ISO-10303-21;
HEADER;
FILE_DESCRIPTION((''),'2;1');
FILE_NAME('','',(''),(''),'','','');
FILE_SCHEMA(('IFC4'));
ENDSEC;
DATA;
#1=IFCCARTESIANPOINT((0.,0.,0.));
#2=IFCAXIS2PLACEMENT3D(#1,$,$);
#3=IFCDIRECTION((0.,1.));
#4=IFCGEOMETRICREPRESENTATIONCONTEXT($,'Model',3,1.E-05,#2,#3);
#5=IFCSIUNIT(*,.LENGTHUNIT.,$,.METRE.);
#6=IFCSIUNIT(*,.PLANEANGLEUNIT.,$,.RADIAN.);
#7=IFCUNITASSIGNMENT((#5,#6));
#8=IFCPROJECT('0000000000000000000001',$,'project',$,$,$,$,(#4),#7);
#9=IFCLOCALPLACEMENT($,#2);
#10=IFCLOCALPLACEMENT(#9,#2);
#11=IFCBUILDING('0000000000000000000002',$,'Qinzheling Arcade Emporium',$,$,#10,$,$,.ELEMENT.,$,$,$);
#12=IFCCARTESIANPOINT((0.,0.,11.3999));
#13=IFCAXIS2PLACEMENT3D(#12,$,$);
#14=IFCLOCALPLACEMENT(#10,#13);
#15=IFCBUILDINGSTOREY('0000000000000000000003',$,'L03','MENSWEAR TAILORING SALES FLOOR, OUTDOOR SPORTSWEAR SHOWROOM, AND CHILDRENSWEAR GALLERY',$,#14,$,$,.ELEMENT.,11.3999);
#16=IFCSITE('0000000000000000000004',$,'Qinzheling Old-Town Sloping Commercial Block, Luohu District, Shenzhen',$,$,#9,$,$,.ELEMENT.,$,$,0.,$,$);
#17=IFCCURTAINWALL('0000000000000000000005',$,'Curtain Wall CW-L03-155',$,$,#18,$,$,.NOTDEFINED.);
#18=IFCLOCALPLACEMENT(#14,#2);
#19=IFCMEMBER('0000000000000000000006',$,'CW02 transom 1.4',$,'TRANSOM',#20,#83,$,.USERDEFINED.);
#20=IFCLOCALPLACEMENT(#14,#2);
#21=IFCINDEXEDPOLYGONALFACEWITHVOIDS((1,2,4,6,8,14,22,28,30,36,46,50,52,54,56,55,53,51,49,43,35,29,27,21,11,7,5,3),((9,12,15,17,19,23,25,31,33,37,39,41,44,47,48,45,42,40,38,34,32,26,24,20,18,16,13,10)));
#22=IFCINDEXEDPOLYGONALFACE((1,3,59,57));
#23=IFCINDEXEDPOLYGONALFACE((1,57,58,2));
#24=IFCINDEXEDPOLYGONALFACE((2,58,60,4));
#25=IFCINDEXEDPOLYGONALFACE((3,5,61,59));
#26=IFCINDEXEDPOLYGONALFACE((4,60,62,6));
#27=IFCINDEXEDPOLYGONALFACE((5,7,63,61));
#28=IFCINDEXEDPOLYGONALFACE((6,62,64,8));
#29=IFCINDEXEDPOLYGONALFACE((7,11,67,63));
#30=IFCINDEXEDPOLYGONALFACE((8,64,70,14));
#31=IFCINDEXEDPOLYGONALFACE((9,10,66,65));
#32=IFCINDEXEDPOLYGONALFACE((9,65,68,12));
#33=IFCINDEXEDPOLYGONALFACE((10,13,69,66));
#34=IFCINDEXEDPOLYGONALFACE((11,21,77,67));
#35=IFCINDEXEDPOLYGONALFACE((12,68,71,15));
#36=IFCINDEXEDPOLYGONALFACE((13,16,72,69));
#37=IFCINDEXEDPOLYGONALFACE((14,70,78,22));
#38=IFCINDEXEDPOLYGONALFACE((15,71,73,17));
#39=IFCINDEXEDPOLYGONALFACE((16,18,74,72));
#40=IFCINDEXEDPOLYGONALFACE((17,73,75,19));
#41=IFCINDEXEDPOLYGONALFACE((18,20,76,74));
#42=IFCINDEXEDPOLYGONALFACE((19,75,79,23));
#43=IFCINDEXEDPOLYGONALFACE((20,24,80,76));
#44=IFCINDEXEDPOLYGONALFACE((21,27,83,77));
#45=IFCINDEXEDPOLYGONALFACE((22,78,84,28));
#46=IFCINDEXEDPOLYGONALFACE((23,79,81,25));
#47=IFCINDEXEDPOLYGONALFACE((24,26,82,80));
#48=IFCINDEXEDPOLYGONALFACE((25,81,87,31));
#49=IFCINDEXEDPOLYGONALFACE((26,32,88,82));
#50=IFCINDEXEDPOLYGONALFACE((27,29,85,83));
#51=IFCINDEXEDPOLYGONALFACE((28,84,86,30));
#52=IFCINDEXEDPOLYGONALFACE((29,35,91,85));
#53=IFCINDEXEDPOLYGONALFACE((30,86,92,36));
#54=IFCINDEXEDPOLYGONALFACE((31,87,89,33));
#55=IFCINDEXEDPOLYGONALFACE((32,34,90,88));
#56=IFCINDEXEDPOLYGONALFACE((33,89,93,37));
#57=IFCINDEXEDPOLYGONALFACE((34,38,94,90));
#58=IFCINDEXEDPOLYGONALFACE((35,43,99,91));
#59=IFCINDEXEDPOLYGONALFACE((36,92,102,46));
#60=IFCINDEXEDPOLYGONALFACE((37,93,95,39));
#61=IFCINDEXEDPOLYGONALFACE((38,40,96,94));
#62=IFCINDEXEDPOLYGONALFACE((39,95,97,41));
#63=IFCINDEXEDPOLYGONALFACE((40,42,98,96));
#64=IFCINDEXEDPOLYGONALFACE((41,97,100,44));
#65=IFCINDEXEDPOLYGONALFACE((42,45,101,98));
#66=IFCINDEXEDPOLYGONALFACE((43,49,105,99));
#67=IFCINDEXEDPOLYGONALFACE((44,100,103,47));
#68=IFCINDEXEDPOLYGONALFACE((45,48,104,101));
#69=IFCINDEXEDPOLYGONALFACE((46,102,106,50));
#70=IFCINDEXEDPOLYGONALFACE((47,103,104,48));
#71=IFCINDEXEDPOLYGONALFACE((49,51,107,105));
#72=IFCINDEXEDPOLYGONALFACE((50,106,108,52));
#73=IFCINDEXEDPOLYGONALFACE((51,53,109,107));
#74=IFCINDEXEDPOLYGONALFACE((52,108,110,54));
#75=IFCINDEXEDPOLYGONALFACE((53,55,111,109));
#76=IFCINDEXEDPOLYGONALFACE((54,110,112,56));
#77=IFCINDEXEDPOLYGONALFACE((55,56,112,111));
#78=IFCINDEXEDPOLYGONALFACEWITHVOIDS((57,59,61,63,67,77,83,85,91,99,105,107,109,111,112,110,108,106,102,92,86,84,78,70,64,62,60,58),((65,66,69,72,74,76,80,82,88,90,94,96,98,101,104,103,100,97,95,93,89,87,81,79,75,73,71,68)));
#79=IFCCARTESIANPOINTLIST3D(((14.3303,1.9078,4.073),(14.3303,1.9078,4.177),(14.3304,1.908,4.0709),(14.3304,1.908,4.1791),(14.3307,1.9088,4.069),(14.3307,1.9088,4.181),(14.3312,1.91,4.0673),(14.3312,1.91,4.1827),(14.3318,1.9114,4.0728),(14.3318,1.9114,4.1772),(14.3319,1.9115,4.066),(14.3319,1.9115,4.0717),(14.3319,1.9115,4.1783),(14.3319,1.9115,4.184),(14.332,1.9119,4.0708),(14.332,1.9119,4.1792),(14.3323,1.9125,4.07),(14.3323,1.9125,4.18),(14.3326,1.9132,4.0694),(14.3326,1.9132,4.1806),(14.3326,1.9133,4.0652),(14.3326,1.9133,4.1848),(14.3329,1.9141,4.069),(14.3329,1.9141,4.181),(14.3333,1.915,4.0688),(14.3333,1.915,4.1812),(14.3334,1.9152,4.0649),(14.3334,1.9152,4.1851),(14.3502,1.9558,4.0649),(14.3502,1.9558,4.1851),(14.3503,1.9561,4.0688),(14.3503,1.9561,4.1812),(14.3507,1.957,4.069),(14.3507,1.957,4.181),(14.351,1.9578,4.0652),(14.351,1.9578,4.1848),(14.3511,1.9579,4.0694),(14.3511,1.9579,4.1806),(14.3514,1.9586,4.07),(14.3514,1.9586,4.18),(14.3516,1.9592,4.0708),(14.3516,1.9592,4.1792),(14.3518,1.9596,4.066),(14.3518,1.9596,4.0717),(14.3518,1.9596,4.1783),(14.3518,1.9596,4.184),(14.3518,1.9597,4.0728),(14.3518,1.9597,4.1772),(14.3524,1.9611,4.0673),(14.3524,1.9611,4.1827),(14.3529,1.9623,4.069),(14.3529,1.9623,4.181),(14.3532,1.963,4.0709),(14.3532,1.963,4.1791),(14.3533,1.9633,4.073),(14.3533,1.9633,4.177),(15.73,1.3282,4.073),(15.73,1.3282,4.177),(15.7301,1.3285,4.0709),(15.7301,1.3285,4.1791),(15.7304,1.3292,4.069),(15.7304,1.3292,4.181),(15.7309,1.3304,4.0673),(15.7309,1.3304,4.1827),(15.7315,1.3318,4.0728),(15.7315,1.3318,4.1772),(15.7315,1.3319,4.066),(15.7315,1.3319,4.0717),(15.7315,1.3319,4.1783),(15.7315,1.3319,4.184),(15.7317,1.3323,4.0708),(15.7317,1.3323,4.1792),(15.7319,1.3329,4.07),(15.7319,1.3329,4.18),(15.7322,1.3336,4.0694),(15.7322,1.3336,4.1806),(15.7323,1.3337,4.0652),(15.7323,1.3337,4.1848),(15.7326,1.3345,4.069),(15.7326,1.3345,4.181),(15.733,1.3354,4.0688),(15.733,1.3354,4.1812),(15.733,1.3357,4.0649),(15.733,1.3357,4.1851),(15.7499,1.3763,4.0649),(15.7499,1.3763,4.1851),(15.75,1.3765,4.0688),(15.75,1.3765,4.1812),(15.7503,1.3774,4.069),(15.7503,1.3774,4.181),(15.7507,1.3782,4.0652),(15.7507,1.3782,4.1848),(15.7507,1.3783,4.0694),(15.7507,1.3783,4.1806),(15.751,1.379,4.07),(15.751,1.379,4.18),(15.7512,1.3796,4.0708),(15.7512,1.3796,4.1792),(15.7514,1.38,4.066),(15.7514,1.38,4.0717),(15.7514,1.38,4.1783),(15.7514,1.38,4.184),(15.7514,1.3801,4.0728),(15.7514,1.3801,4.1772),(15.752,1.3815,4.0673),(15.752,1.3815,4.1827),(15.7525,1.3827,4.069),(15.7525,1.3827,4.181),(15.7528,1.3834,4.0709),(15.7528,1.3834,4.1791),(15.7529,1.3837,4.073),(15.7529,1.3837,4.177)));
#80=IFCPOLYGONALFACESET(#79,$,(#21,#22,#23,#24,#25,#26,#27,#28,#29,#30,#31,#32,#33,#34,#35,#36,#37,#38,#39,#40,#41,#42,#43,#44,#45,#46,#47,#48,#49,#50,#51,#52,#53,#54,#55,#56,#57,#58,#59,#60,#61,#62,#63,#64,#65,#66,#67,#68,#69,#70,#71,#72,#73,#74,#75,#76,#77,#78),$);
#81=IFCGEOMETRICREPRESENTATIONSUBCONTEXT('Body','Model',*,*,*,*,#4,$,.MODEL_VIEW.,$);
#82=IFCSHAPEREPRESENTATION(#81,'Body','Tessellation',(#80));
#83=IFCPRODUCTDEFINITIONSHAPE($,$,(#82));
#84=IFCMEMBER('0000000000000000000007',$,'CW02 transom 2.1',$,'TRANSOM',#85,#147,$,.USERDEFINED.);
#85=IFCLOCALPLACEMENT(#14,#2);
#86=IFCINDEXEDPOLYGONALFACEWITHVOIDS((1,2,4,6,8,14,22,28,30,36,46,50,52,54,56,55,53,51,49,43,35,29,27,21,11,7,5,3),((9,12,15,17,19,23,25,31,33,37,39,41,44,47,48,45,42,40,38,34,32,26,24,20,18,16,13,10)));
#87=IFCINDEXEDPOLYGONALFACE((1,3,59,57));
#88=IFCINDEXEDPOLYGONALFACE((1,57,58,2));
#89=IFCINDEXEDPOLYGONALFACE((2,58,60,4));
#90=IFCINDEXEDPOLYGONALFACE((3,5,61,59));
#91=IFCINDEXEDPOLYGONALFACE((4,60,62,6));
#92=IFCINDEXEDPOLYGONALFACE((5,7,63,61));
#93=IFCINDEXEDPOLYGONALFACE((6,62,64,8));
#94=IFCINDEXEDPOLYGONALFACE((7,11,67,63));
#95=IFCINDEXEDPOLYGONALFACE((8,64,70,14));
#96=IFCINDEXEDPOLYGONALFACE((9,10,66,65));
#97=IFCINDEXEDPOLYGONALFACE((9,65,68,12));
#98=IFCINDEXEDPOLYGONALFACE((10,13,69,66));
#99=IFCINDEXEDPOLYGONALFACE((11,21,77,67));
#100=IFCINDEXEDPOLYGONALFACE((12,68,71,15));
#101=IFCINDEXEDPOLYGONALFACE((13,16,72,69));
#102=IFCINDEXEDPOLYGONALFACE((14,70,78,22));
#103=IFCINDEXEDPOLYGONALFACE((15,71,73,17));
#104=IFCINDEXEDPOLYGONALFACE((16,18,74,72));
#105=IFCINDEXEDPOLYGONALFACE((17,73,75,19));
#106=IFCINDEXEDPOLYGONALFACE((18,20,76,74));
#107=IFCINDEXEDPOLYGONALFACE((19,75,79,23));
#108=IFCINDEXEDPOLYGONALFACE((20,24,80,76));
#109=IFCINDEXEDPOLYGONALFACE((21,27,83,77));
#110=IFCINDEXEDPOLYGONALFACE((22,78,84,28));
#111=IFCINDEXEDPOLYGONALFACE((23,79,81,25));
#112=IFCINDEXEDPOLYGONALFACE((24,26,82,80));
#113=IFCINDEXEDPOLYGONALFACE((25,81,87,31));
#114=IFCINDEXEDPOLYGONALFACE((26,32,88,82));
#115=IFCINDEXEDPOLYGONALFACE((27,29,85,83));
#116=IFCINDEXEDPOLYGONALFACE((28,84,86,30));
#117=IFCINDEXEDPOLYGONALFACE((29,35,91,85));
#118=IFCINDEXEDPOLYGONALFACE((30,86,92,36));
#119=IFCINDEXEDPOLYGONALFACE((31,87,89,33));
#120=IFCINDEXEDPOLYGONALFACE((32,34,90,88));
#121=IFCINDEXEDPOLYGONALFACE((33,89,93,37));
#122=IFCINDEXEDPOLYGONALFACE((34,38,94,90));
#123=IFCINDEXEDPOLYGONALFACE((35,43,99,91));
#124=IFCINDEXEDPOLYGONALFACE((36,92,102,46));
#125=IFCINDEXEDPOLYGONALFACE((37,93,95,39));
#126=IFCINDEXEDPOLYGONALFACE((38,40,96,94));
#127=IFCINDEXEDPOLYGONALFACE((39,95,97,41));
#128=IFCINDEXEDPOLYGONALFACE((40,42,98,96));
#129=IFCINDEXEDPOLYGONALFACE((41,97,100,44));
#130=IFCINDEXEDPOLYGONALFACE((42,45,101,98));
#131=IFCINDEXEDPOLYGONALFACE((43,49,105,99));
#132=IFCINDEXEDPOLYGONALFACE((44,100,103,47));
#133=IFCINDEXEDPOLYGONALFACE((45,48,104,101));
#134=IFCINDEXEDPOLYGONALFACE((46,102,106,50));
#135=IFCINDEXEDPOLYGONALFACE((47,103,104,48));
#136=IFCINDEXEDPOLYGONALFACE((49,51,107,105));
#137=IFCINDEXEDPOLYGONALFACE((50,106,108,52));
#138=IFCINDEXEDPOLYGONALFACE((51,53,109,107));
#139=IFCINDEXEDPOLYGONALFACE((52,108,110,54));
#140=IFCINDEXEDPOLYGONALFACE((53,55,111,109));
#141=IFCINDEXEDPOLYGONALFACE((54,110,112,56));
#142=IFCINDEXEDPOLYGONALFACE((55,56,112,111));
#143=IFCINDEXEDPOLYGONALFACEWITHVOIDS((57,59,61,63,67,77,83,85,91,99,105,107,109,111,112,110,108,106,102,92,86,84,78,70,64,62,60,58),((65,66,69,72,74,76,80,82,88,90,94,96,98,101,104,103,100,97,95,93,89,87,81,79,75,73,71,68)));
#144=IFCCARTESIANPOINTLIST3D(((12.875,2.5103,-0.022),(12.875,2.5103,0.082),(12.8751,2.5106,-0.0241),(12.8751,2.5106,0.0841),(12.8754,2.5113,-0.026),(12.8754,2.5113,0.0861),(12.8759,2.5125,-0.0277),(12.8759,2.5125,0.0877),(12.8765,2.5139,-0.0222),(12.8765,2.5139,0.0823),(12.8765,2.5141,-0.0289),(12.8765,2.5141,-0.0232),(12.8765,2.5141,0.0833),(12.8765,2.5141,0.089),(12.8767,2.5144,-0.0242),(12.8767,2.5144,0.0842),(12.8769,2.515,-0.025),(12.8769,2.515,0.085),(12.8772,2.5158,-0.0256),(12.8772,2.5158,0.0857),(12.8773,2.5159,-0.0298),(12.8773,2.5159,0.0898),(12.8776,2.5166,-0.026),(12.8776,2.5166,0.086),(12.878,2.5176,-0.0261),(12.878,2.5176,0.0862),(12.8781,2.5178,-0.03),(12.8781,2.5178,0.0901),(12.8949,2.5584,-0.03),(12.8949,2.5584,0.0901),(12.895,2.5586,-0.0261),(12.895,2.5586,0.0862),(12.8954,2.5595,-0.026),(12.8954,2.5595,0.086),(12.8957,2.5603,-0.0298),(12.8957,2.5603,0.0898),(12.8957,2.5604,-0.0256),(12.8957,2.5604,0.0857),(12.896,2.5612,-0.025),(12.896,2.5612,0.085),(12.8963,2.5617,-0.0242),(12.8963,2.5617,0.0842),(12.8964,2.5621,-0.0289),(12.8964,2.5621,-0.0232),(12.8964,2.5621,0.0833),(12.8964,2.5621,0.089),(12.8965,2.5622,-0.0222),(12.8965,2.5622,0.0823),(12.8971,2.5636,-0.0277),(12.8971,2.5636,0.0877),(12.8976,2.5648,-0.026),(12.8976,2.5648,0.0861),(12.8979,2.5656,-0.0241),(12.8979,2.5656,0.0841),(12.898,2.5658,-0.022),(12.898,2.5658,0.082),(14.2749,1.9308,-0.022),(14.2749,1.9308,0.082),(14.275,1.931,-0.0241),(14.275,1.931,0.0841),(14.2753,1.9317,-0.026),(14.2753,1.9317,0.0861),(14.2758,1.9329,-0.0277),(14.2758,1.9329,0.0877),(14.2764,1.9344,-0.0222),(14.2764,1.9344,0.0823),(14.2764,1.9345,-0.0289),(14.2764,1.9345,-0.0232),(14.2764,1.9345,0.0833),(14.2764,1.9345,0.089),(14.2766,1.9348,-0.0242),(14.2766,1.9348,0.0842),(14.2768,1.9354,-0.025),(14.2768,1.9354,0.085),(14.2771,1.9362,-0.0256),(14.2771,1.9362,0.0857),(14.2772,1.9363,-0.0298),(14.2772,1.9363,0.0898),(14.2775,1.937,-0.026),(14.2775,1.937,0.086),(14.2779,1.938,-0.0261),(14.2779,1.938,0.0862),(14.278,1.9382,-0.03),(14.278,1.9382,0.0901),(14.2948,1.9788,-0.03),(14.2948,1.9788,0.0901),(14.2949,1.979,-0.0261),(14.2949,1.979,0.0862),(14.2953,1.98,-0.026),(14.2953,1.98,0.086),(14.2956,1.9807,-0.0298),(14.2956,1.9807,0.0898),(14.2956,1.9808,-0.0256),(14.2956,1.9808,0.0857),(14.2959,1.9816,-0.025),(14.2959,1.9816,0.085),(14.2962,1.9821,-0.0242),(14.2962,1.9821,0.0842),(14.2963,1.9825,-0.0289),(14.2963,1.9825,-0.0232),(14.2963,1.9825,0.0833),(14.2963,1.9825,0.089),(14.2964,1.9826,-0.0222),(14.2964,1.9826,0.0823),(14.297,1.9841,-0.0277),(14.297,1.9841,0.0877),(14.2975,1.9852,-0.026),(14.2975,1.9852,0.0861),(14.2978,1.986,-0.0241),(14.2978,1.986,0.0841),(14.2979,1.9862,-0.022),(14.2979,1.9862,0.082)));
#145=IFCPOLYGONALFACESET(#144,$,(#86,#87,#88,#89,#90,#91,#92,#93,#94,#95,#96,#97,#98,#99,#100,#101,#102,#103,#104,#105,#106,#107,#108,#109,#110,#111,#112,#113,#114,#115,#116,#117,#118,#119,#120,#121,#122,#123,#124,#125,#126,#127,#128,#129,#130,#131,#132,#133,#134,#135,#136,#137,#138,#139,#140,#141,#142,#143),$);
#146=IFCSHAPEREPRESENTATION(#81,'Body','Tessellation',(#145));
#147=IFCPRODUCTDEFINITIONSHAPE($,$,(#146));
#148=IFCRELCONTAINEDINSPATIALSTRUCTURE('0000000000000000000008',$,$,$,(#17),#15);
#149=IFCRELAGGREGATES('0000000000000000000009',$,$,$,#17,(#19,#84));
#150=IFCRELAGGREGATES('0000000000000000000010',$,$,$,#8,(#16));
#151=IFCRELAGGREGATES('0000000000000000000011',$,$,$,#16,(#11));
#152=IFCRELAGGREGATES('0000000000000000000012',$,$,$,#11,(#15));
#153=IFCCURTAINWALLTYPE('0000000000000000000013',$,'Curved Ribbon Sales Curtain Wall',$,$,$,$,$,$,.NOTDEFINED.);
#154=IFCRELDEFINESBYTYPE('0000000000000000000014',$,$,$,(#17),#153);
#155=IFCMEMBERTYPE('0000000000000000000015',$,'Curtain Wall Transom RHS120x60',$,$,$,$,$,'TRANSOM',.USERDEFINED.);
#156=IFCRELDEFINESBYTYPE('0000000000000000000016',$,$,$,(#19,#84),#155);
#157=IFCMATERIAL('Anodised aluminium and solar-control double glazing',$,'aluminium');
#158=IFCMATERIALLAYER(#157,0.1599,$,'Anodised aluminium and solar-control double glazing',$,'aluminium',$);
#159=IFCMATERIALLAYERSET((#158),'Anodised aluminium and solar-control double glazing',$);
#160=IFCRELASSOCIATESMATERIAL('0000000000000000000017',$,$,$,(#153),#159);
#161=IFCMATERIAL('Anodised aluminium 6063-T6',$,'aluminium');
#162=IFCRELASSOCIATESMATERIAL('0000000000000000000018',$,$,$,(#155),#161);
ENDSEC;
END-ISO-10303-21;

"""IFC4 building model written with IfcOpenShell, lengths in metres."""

from ifc_helpers import new_model, si_unit, direction, frame, origin, origin_2d, place, context, subcontext, project, spatial, hollow_rectangle, extrude, material, layer, layer_set, material_profile, profile_set, type_object, element, aggregate, save


model = new_model("IFC4")

# Units and contexts
model_context = context("Model", 3, precision=1e-05, world=origin(), true_north=direction((0.0, 1.0)))
body_context = subcontext(model_context, "Body", "Model", "MODEL_VIEW")
ifc_project = project(units=[si_unit("LENGTHUNIT", "METRE"), si_unit("PLANEANGLEUNIT", "RADIAN")], contexts=[model_context])

# Site, building, storey
site_placement = place(None, origin())
site = spatial("IfcSite", under=ifc_project, at=site_placement, Name="Qinzheling Old-Town Sloping Commercial Block, Luohu District, Shenzhen", CompositionType="ELEMENT", RefElevation=0.0)
building_placement = place(site_placement, origin())
building = spatial("IfcBuilding", under=site, at=building_placement, Name="Qinzheling Arcade Emporium", CompositionType="ELEMENT")
storey_placement = place(building_placement, frame((0.0, 0.0, 11.3999)))
storey = spatial("IfcBuildingStorey", under=building, at=storey_placement, Name="L03", Description="MENSWEAR TAILORING SALES FLOOR, OUTDOOR SPORTSWEAR SHOWROOM, AND CHILDRENSWEAR GALLERY", CompositionType="ELEMENT", Elevation=11.3999)

# Curtain wall
ifc_material_1 = material(Name="Anodised aluminium and solar-control double glazing", Category="aluminium")
ifc_layer_1 = layer(ifc_material_1, 0.1599, Name="Anodised aluminium and solar-control double glazing", Category="aluminium")
ifc_layer_set_1 = layer_set([ifc_layer_1], Name="Anodised aluminium and solar-control double glazing")
curtain_wall_type = type_object("IfcCurtainWallType", Name="Curved Ribbon Sales Curtain Wall", PredefinedType="NOTDEFINED", material=ifc_layer_set_1)
ifc_material_2 = material(Name="Anodised aluminium 6063-T6", Category="aluminium")
curtain_wall_1_placement = place(storey_placement, origin())
curtain_wall_1 = element("IfcCurtainWall", 1, at=curtain_wall_1_placement, inside=storey, type_object=curtain_wall_type, Name="Curtain Wall CW-L03-155", PredefinedType="NOTDEFINED")

# Members
ifc_material_profile_1 = material_profile(ifc_material_2, hollow_rectangle(XDim=0.0601, YDim=0.1201, WallThickness=0.0039, InnerFilletRadius=0.0039, OuterFilletRadius=0.0081, at=origin_2d()), Name="RHS 120x60x4", Category="aluminium")
ifc_profile_set_1 = profile_set([ifc_material_profile_1], Name="Anodised aluminium 6063-T6")
member_type_1 = type_object("IfcMemberType", Name="Curtain Wall Transom RHS120x60", ElementType="TRANSOM", PredefinedType="USERDEFINED", material=ifc_profile_set_1)
member_1_placement = place(storey_placement, frame((15.7415, 1.356, 4.125), z_axis=(-0.923919, 0.382589, 0.0), x_axis=(-0.382589, -0.923919, 0.0)))
member_1 = element("IfcMember", 2, at=member_1_placement, type_object=member_type_1, Name="CW02 transom 1.4", ObjectType="TRANSOM", PredefinedType="USERDEFINED", context=body_context, shape_type="SweptSolid", body=[
    extrude(hollow_rectangle(XDim=0.0601, YDim=0.1201, WallThickness=0.0039, InnerFilletRadius=0.0039, OuterFilletRadius=0.0081, at=origin_2d()), origin(), (0.0, 0.0, 1.0), 1.5149),
])
member_2_placement = place(storey_placement, frame((14.2864, 1.9585, 0.03), z_axis=(-0.923942, 0.382532, 0.0), x_axis=(-0.382532, -0.923942, 0.0)))
member_2 = element("IfcMember", 3, at=member_2_placement, type_object=member_type_1, Name="CW02 transom 2.1", ObjectType="TRANSOM", PredefinedType="USERDEFINED", context=body_context, shape_type="SweptSolid", body=[
    extrude(hollow_rectangle(XDim=0.0601, YDim=0.1201, WallThickness=0.0039, InnerFilletRadius=0.0039, OuterFilletRadius=0.0081, at=origin_2d()), origin(), (0.0, 0.0, 1.0), 1.5151),
])

aggregate(curtain_wall_1, [member_1, member_2])

save(model, "model.ifc")
